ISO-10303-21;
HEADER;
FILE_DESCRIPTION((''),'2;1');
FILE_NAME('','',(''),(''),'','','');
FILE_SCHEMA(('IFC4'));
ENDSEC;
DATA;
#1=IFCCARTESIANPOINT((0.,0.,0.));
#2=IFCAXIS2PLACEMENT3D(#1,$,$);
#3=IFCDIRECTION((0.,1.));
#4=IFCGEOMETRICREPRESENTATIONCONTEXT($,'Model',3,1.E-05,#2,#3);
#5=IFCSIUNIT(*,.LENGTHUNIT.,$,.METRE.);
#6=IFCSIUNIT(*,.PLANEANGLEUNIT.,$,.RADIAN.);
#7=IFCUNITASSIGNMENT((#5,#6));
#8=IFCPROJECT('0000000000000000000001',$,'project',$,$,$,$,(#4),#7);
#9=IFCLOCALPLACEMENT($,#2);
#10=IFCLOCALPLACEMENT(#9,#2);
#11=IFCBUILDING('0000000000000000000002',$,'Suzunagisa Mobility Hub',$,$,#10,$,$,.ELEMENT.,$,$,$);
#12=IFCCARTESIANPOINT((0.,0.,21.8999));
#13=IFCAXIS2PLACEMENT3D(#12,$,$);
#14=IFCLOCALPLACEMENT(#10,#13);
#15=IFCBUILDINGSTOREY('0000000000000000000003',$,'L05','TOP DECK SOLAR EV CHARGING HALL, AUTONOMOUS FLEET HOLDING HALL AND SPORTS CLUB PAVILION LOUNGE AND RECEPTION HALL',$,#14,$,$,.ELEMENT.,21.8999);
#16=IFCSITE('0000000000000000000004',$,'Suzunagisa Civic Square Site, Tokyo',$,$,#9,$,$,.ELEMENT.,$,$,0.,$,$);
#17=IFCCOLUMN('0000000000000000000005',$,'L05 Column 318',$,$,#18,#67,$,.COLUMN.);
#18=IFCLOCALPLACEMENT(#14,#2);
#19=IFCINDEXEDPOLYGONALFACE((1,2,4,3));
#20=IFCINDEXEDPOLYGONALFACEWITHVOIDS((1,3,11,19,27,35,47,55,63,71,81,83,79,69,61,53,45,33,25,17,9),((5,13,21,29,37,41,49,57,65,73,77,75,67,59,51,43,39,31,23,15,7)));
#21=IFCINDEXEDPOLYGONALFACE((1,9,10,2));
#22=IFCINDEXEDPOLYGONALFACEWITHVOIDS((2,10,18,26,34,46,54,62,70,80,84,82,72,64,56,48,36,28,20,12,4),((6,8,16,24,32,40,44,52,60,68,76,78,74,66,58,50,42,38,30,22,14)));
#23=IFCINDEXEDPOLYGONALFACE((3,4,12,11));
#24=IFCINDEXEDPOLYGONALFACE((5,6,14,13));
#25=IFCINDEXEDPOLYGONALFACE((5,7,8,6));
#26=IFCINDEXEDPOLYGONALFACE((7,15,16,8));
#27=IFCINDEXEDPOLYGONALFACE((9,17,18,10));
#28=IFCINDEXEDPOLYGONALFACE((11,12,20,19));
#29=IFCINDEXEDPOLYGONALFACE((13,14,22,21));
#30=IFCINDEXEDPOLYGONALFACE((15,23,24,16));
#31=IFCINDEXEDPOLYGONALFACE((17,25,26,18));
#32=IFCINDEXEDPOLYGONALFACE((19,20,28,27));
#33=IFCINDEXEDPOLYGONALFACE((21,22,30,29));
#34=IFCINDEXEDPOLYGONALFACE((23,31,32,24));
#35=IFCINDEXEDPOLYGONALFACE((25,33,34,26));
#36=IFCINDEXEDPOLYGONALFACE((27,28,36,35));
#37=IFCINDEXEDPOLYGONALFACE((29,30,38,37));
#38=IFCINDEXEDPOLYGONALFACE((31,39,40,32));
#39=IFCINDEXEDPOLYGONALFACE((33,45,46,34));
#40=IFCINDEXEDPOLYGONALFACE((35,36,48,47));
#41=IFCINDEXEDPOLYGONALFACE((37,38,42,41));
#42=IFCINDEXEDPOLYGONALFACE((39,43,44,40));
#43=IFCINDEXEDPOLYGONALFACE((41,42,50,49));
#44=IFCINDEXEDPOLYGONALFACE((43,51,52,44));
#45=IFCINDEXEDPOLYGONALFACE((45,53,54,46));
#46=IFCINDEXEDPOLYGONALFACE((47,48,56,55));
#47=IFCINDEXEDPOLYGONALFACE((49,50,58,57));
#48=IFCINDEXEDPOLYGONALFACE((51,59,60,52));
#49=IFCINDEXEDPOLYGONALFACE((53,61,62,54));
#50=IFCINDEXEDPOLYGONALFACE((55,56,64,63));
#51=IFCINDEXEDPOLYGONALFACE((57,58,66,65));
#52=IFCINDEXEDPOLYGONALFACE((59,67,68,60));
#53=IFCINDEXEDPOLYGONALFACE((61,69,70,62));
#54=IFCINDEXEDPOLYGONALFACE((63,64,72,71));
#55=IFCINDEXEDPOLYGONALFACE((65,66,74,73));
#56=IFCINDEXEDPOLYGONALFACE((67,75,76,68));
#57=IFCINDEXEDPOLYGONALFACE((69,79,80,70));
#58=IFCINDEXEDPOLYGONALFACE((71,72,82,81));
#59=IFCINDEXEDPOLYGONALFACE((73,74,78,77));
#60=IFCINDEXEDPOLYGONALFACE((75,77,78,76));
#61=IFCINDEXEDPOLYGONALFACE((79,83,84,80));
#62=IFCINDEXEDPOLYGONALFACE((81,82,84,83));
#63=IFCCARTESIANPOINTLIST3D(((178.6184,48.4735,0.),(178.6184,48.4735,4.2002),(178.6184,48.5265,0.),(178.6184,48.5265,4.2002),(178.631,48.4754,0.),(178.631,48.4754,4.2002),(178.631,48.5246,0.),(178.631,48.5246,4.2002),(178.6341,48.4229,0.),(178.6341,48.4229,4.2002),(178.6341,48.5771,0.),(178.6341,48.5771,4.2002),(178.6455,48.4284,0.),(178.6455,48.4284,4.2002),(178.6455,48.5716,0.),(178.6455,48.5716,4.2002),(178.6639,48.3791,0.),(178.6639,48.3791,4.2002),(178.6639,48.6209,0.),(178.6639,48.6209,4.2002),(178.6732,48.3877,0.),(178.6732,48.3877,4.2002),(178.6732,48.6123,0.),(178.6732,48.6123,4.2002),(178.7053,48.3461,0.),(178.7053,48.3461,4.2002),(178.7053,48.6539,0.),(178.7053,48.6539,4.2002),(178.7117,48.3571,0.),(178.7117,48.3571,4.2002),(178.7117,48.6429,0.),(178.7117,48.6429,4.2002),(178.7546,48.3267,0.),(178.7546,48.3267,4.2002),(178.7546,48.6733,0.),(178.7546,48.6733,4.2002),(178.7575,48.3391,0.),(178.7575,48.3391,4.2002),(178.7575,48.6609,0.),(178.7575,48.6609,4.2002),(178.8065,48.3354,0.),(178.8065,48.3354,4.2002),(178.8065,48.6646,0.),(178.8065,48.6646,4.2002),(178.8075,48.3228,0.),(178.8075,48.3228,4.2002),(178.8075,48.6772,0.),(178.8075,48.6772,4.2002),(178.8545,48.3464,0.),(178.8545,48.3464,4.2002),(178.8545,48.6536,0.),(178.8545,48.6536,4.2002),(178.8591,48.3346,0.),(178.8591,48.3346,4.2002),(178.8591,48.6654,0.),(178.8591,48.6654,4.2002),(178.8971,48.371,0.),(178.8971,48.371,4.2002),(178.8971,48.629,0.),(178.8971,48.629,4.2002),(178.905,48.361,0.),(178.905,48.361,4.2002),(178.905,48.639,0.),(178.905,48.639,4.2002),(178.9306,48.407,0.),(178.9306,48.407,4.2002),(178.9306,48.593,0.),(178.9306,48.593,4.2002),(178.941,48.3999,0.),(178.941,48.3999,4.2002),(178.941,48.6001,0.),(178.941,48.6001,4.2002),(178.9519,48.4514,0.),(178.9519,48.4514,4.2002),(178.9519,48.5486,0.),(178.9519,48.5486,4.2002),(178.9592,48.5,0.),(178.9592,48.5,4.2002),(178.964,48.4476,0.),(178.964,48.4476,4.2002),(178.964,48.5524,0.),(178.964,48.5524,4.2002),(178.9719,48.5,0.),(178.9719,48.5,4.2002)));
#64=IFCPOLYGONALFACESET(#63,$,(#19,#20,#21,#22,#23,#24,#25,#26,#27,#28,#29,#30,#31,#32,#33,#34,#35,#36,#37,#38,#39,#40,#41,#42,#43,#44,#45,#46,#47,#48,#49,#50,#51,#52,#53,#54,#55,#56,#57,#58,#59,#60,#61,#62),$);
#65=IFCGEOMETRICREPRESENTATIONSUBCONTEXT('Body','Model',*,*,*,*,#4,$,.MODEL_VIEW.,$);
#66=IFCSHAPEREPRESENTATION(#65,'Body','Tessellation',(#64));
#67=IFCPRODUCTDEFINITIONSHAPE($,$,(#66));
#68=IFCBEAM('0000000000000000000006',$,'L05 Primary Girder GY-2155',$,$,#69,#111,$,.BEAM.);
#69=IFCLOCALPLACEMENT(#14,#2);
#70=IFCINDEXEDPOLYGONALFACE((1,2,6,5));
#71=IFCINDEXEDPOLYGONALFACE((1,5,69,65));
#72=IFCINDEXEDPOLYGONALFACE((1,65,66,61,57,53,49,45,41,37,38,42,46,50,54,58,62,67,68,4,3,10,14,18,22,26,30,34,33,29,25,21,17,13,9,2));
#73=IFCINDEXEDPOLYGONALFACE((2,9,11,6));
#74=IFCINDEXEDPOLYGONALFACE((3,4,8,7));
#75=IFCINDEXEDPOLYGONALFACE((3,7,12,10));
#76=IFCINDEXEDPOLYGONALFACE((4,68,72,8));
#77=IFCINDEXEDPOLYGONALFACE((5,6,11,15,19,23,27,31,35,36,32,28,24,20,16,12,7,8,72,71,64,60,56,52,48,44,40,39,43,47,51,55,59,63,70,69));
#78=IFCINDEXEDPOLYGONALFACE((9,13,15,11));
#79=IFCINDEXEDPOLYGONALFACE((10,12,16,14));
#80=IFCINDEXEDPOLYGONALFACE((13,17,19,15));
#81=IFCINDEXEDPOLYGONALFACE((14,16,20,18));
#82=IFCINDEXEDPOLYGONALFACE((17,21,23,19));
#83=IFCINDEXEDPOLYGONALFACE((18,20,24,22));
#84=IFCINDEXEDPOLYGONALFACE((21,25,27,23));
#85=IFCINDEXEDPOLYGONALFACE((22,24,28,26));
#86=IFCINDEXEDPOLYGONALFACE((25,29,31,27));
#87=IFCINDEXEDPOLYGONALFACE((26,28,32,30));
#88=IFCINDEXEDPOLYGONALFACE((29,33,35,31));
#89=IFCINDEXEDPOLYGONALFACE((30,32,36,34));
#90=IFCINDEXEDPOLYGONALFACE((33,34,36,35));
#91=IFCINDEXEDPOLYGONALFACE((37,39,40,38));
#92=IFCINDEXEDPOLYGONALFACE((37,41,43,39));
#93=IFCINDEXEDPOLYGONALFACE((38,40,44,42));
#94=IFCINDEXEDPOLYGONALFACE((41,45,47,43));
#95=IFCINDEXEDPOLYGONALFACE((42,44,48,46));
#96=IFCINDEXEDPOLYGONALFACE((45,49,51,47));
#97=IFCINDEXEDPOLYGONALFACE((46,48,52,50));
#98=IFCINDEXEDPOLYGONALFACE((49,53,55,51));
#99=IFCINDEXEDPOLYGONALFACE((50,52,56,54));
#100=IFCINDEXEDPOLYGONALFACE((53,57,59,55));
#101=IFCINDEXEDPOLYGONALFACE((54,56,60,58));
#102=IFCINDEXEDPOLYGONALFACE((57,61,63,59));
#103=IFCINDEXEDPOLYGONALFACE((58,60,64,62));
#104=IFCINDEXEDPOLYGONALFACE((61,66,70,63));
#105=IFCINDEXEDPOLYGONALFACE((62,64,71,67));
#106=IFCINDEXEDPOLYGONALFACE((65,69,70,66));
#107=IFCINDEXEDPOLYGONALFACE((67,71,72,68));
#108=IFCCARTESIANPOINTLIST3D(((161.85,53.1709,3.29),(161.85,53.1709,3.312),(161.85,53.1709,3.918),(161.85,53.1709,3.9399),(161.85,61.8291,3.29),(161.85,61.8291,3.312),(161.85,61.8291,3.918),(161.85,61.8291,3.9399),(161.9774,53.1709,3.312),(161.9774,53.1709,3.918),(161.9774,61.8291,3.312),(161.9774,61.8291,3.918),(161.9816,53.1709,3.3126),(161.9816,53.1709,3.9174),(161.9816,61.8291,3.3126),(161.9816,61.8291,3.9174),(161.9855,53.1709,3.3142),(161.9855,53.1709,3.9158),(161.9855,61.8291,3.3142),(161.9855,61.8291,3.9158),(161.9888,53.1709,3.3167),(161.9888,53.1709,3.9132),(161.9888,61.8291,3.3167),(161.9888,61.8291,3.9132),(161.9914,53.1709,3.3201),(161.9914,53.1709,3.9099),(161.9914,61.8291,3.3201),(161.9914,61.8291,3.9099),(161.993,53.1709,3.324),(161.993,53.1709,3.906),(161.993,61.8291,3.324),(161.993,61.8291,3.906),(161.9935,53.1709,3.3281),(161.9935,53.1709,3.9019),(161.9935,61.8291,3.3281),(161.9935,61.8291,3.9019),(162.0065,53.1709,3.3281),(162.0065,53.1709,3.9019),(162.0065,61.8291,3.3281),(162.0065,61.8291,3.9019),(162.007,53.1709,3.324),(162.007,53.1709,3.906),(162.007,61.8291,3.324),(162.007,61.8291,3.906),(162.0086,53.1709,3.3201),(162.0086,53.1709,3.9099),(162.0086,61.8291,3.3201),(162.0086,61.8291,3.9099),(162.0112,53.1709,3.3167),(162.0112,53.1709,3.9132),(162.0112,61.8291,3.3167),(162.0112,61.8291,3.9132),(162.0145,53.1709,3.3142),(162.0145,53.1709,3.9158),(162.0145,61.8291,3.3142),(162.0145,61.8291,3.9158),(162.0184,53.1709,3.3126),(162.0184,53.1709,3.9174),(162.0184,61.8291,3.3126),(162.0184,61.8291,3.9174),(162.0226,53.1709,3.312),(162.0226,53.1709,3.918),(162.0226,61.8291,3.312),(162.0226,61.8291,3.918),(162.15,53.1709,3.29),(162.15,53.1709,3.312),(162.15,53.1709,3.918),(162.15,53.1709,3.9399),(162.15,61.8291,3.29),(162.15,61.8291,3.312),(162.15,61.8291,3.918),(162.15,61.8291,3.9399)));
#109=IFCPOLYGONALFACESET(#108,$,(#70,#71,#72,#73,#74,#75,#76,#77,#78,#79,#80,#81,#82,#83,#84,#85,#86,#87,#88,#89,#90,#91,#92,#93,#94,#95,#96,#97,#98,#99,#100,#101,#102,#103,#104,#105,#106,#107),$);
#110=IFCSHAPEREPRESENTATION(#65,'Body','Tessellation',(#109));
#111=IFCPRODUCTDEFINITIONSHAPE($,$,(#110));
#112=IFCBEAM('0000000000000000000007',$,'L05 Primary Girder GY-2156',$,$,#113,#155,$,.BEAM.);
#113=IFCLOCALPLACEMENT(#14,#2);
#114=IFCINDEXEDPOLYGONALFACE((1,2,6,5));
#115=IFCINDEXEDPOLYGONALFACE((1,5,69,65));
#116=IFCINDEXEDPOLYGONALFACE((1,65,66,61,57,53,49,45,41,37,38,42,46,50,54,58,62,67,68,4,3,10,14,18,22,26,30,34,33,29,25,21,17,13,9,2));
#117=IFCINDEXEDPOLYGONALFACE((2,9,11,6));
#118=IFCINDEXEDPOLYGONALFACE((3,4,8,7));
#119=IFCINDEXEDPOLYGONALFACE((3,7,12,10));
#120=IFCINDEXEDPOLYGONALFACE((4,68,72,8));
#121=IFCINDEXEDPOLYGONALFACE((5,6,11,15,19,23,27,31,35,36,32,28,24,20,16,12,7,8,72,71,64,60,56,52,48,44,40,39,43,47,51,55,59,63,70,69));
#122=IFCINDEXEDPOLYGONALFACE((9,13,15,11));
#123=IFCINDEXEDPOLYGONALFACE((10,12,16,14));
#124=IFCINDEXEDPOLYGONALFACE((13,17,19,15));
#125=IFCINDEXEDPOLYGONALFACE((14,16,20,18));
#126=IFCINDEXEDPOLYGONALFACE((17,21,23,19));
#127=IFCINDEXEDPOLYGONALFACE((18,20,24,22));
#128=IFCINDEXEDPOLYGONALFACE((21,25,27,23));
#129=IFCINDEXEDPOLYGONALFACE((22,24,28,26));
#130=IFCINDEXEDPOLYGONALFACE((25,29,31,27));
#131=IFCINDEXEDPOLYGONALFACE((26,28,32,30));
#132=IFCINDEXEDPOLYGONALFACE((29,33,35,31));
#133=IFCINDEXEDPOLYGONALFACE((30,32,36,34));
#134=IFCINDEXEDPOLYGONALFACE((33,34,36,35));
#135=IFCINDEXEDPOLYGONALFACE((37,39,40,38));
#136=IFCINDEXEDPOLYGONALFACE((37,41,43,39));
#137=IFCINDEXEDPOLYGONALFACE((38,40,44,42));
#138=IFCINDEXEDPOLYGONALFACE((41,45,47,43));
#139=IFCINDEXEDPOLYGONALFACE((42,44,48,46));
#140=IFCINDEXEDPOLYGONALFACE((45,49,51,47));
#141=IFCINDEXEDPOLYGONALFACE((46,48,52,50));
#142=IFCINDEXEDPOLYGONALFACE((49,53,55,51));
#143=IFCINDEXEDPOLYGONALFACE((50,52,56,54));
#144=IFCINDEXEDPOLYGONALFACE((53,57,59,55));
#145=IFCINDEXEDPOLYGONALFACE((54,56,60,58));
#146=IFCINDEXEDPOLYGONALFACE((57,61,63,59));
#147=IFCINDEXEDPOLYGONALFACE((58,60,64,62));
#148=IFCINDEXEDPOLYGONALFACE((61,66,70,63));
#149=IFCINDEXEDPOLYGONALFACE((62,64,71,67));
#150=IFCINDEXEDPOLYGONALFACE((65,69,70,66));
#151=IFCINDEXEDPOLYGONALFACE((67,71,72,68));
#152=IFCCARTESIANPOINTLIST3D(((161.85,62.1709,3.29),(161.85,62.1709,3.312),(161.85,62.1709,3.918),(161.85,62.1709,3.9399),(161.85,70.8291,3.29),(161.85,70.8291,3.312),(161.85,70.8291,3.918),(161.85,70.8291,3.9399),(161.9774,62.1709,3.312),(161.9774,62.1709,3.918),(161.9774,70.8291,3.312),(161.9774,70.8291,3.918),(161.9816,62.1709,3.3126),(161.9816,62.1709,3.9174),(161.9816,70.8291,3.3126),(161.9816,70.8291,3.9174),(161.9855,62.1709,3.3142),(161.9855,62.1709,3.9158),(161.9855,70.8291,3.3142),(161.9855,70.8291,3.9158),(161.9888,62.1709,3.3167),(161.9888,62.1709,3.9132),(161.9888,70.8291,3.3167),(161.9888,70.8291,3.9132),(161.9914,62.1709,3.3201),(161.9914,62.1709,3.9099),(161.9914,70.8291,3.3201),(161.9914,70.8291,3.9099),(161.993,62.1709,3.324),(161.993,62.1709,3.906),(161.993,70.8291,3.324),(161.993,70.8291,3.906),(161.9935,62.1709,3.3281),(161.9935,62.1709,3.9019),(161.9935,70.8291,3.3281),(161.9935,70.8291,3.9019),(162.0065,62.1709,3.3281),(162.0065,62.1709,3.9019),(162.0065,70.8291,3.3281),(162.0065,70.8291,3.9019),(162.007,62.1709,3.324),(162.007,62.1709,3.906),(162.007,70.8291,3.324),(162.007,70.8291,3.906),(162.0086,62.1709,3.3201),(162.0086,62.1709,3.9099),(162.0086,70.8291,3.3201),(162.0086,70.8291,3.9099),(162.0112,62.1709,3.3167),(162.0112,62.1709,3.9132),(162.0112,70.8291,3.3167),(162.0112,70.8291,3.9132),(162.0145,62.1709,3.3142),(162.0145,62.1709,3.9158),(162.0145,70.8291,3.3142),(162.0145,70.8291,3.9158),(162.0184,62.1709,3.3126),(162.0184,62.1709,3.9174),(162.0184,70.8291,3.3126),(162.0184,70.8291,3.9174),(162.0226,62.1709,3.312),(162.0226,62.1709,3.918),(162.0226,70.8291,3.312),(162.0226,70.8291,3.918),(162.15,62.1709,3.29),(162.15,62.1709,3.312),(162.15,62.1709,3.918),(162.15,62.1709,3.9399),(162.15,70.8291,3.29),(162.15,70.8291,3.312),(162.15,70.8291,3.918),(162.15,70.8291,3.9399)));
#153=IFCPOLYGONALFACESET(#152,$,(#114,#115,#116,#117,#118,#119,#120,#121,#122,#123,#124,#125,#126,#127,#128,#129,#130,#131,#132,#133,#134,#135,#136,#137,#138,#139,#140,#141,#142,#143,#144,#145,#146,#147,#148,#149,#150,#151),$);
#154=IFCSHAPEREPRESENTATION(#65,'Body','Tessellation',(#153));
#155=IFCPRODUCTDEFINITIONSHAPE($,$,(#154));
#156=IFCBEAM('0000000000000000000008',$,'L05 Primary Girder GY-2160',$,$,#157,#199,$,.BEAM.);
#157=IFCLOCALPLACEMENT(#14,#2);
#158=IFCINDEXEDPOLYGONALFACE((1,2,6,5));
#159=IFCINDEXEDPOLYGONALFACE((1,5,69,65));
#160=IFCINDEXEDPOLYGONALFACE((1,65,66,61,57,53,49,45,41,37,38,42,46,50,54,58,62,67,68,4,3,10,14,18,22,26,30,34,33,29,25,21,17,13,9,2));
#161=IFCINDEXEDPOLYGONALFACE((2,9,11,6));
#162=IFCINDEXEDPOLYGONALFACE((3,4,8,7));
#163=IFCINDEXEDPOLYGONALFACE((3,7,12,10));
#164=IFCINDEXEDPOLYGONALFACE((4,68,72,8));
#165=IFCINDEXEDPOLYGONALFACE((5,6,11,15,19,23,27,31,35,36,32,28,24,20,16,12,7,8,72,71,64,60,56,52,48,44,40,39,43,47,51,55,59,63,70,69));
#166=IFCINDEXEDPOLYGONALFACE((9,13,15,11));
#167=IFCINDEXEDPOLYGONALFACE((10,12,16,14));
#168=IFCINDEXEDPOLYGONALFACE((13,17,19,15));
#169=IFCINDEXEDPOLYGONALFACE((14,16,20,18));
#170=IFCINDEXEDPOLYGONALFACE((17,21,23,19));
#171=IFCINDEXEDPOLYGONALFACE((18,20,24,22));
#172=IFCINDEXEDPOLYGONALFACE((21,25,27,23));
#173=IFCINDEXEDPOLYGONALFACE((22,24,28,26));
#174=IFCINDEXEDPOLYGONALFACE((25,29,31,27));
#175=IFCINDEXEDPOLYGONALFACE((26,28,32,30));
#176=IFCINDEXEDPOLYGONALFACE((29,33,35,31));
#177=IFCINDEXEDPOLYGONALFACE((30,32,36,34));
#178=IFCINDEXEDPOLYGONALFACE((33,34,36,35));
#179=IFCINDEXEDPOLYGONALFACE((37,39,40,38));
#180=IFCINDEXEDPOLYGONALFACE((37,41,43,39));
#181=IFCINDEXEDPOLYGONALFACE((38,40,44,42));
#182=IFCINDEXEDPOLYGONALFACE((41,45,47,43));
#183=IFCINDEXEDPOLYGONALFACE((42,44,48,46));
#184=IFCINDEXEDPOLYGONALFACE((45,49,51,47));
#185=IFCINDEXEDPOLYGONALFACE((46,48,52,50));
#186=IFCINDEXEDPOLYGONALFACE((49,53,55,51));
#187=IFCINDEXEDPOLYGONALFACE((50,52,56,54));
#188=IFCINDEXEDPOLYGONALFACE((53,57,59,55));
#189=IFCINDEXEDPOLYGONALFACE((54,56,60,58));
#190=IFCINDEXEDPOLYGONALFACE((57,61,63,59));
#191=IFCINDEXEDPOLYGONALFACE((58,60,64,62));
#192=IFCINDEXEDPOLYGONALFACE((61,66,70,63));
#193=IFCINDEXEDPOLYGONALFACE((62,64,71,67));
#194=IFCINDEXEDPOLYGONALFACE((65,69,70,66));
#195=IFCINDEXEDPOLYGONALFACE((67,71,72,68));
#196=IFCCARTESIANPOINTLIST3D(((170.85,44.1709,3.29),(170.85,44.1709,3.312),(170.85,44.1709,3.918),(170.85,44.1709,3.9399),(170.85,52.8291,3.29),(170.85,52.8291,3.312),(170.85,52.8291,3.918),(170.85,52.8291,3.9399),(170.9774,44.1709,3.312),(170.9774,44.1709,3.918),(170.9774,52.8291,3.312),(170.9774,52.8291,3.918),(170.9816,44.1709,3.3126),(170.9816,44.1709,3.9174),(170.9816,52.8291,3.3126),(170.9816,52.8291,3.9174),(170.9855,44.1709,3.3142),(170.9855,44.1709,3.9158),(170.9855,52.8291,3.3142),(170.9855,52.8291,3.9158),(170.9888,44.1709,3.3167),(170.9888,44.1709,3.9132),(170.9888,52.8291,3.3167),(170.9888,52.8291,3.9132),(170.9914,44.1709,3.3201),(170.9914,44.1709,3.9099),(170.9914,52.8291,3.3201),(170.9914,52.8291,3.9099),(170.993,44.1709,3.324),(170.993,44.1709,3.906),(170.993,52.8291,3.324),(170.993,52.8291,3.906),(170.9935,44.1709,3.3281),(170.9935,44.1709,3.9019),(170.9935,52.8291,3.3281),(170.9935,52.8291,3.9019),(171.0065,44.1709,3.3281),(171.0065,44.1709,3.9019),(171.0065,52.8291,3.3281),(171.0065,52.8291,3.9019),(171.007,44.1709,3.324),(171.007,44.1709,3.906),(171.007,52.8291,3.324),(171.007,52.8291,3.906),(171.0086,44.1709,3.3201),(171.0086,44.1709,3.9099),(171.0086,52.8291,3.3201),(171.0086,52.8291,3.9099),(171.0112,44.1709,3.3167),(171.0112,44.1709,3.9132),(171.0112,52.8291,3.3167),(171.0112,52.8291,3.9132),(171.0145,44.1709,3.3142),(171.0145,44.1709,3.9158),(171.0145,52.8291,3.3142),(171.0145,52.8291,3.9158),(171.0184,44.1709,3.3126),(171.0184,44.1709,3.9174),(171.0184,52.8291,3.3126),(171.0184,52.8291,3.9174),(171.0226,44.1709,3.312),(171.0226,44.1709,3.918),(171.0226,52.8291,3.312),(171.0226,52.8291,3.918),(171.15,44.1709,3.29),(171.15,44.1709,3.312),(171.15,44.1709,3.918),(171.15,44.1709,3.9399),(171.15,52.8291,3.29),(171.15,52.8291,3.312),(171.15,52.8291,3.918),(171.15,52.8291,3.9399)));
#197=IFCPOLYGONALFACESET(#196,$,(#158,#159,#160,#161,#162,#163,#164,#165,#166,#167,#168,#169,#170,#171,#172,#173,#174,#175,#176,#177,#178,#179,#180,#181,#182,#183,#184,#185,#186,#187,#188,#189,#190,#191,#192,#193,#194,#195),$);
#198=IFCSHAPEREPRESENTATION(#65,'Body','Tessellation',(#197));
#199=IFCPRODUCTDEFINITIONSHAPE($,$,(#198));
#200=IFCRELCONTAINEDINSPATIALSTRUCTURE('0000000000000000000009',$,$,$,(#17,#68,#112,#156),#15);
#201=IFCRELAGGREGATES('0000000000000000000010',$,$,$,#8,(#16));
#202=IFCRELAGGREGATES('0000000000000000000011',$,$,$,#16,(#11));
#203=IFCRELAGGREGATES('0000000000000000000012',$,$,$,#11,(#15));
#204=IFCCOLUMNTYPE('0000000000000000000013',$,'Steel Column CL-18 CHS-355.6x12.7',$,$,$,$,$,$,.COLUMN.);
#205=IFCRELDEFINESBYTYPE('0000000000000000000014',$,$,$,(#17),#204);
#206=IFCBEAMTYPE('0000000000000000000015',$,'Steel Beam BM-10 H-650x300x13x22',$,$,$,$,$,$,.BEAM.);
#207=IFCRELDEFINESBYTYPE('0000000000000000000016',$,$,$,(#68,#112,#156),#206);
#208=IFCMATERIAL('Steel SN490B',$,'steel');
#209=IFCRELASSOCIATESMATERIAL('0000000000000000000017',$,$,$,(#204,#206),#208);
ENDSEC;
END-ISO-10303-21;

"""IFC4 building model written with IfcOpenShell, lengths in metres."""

from ifc_helpers import new_model, si_unit, direction, frame, origin, origin_2d, place, context, subcontext, project, spatial, hollow_circle, i_section, extrude, material, material_profile, profile_set, type_object, element, save


model = new_model("IFC4")

# Units and contexts
model_context = context("Model", 3, precision=1e-05, world=origin(), true_north=direction((0.0, 1.0)))
body_context = subcontext(model_context, "Body", "Model", "MODEL_VIEW")
ifc_project = project(units=[si_unit("LENGTHUNIT", "METRE"), si_unit("PLANEANGLEUNIT", "RADIAN")], contexts=[model_context])

# Site, building, storey
site_placement = place(None, origin())
site = spatial("IfcSite", under=ifc_project, at=site_placement, Name="Suzunagisa Civic Square Site, Tokyo", CompositionType="ELEMENT", RefElevation=0.0)
building_placement = place(site_placement, origin())
building = spatial("IfcBuilding", under=site, at=building_placement, Name="Suzunagisa Mobility Hub", CompositionType="ELEMENT")
storey_placement = place(building_placement, frame((0.0, 0.0, 21.8999)))
storey = spatial("IfcBuildingStorey", under=building, at=storey_placement, Name="L05", Description="TOP DECK SOLAR EV CHARGING HALL, AUTONOMOUS FLEET HOLDING HALL AND SPORTS CLUB PAVILION LOUNGE AND RECEPTION HALL", CompositionType="ELEMENT", Elevation=21.8999)

# Column
ifc_material_1 = material(Name="Steel SN490B", Category="steel")
ifc_material_profile_1 = material_profile(ifc_material_1, hollow_circle(Radius=0.1777, WallThickness=0.0127, at=origin_2d()), Name="CHS-355.6x12.7")
ifc_profile_set_1 = profile_set([ifc_material_profile_1], Name="Steel SN490B")
column_type_1 = type_object("IfcColumnType", Name="Steel Column CL-18 CHS-355.6x12.7", PredefinedType="COLUMN", material=ifc_profile_set_1)
for number, where, z_axis, x_axis, name in (
    (1, (178.7942, 48.5, 0.0), (0.0, 0.0, 1.0), (1.0, 0.0, 0.0), "L05 Column 318"),
):
    element("IfcColumn", number, at=place(storey_placement, frame(where, z_axis=z_axis, x_axis=x_axis)), inside=storey, type_object=column_type_1, Name=name, PredefinedType="COLUMN", context=body_context, shape_type="SweptSolid", body=[
        extrude(hollow_circle(Radius=0.1777, WallThickness=0.0127, at=origin_2d()), origin(), (0.0, 0.0, 1.0), 4.2002),
    ])

# Beams
ifc_material_profile_2 = material_profile(ifc_material_1, i_section(OverallWidth=0.3, OverallDepth=0.6499, WebThickness=0.0129, FlangeThickness=0.022, FilletRadius=0.0161, at=origin_2d()), Name="H-650x300x13x22")
ifc_profile_set_2 = profile_set([ifc_material_profile_2], Name="Steel SN490B")
beam_type_1 = type_object("IfcBeamType", Name="Steel Beam BM-10 H-650x300x13x22", PredefinedType="BEAM", material=ifc_profile_set_2)
for number, where, z_axis, x_axis, name in (
    (2, (162.0, 53.1709, 3.615), (0.0, 1.0, 0.0), (-1.0, 0.0, 0.0), "L05 Primary Girder GY-2155"),
    (3, (162.0, 62.1709, 3.615), (0.0, 1.0, 0.0), (-1.0, 0.0, 0.0), "L05 Primary Girder GY-2156"),
    (4, (171.0, 44.1709, 3.615), (0.0, 1.0, 0.0), (-1.0, 0.0, 0.0), "L05 Primary Girder GY-2160"),
):
    element("IfcBeam", number, at=place(storey_placement, frame(where, z_axis=z_axis, x_axis=x_axis)), inside=storey, type_object=beam_type_1, Name=name, PredefinedType="BEAM", context=body_context, shape_type="SweptSolid", body=[
        extrude(i_section(OverallWidth=0.3, OverallDepth=0.6499, WebThickness=0.0129, FlangeThickness=0.022, FilletRadius=0.0161, at=origin_2d()), origin(), (0.0, 0.0, 1.0), 8.6582),
    ])

save(model, "model.ifc")
